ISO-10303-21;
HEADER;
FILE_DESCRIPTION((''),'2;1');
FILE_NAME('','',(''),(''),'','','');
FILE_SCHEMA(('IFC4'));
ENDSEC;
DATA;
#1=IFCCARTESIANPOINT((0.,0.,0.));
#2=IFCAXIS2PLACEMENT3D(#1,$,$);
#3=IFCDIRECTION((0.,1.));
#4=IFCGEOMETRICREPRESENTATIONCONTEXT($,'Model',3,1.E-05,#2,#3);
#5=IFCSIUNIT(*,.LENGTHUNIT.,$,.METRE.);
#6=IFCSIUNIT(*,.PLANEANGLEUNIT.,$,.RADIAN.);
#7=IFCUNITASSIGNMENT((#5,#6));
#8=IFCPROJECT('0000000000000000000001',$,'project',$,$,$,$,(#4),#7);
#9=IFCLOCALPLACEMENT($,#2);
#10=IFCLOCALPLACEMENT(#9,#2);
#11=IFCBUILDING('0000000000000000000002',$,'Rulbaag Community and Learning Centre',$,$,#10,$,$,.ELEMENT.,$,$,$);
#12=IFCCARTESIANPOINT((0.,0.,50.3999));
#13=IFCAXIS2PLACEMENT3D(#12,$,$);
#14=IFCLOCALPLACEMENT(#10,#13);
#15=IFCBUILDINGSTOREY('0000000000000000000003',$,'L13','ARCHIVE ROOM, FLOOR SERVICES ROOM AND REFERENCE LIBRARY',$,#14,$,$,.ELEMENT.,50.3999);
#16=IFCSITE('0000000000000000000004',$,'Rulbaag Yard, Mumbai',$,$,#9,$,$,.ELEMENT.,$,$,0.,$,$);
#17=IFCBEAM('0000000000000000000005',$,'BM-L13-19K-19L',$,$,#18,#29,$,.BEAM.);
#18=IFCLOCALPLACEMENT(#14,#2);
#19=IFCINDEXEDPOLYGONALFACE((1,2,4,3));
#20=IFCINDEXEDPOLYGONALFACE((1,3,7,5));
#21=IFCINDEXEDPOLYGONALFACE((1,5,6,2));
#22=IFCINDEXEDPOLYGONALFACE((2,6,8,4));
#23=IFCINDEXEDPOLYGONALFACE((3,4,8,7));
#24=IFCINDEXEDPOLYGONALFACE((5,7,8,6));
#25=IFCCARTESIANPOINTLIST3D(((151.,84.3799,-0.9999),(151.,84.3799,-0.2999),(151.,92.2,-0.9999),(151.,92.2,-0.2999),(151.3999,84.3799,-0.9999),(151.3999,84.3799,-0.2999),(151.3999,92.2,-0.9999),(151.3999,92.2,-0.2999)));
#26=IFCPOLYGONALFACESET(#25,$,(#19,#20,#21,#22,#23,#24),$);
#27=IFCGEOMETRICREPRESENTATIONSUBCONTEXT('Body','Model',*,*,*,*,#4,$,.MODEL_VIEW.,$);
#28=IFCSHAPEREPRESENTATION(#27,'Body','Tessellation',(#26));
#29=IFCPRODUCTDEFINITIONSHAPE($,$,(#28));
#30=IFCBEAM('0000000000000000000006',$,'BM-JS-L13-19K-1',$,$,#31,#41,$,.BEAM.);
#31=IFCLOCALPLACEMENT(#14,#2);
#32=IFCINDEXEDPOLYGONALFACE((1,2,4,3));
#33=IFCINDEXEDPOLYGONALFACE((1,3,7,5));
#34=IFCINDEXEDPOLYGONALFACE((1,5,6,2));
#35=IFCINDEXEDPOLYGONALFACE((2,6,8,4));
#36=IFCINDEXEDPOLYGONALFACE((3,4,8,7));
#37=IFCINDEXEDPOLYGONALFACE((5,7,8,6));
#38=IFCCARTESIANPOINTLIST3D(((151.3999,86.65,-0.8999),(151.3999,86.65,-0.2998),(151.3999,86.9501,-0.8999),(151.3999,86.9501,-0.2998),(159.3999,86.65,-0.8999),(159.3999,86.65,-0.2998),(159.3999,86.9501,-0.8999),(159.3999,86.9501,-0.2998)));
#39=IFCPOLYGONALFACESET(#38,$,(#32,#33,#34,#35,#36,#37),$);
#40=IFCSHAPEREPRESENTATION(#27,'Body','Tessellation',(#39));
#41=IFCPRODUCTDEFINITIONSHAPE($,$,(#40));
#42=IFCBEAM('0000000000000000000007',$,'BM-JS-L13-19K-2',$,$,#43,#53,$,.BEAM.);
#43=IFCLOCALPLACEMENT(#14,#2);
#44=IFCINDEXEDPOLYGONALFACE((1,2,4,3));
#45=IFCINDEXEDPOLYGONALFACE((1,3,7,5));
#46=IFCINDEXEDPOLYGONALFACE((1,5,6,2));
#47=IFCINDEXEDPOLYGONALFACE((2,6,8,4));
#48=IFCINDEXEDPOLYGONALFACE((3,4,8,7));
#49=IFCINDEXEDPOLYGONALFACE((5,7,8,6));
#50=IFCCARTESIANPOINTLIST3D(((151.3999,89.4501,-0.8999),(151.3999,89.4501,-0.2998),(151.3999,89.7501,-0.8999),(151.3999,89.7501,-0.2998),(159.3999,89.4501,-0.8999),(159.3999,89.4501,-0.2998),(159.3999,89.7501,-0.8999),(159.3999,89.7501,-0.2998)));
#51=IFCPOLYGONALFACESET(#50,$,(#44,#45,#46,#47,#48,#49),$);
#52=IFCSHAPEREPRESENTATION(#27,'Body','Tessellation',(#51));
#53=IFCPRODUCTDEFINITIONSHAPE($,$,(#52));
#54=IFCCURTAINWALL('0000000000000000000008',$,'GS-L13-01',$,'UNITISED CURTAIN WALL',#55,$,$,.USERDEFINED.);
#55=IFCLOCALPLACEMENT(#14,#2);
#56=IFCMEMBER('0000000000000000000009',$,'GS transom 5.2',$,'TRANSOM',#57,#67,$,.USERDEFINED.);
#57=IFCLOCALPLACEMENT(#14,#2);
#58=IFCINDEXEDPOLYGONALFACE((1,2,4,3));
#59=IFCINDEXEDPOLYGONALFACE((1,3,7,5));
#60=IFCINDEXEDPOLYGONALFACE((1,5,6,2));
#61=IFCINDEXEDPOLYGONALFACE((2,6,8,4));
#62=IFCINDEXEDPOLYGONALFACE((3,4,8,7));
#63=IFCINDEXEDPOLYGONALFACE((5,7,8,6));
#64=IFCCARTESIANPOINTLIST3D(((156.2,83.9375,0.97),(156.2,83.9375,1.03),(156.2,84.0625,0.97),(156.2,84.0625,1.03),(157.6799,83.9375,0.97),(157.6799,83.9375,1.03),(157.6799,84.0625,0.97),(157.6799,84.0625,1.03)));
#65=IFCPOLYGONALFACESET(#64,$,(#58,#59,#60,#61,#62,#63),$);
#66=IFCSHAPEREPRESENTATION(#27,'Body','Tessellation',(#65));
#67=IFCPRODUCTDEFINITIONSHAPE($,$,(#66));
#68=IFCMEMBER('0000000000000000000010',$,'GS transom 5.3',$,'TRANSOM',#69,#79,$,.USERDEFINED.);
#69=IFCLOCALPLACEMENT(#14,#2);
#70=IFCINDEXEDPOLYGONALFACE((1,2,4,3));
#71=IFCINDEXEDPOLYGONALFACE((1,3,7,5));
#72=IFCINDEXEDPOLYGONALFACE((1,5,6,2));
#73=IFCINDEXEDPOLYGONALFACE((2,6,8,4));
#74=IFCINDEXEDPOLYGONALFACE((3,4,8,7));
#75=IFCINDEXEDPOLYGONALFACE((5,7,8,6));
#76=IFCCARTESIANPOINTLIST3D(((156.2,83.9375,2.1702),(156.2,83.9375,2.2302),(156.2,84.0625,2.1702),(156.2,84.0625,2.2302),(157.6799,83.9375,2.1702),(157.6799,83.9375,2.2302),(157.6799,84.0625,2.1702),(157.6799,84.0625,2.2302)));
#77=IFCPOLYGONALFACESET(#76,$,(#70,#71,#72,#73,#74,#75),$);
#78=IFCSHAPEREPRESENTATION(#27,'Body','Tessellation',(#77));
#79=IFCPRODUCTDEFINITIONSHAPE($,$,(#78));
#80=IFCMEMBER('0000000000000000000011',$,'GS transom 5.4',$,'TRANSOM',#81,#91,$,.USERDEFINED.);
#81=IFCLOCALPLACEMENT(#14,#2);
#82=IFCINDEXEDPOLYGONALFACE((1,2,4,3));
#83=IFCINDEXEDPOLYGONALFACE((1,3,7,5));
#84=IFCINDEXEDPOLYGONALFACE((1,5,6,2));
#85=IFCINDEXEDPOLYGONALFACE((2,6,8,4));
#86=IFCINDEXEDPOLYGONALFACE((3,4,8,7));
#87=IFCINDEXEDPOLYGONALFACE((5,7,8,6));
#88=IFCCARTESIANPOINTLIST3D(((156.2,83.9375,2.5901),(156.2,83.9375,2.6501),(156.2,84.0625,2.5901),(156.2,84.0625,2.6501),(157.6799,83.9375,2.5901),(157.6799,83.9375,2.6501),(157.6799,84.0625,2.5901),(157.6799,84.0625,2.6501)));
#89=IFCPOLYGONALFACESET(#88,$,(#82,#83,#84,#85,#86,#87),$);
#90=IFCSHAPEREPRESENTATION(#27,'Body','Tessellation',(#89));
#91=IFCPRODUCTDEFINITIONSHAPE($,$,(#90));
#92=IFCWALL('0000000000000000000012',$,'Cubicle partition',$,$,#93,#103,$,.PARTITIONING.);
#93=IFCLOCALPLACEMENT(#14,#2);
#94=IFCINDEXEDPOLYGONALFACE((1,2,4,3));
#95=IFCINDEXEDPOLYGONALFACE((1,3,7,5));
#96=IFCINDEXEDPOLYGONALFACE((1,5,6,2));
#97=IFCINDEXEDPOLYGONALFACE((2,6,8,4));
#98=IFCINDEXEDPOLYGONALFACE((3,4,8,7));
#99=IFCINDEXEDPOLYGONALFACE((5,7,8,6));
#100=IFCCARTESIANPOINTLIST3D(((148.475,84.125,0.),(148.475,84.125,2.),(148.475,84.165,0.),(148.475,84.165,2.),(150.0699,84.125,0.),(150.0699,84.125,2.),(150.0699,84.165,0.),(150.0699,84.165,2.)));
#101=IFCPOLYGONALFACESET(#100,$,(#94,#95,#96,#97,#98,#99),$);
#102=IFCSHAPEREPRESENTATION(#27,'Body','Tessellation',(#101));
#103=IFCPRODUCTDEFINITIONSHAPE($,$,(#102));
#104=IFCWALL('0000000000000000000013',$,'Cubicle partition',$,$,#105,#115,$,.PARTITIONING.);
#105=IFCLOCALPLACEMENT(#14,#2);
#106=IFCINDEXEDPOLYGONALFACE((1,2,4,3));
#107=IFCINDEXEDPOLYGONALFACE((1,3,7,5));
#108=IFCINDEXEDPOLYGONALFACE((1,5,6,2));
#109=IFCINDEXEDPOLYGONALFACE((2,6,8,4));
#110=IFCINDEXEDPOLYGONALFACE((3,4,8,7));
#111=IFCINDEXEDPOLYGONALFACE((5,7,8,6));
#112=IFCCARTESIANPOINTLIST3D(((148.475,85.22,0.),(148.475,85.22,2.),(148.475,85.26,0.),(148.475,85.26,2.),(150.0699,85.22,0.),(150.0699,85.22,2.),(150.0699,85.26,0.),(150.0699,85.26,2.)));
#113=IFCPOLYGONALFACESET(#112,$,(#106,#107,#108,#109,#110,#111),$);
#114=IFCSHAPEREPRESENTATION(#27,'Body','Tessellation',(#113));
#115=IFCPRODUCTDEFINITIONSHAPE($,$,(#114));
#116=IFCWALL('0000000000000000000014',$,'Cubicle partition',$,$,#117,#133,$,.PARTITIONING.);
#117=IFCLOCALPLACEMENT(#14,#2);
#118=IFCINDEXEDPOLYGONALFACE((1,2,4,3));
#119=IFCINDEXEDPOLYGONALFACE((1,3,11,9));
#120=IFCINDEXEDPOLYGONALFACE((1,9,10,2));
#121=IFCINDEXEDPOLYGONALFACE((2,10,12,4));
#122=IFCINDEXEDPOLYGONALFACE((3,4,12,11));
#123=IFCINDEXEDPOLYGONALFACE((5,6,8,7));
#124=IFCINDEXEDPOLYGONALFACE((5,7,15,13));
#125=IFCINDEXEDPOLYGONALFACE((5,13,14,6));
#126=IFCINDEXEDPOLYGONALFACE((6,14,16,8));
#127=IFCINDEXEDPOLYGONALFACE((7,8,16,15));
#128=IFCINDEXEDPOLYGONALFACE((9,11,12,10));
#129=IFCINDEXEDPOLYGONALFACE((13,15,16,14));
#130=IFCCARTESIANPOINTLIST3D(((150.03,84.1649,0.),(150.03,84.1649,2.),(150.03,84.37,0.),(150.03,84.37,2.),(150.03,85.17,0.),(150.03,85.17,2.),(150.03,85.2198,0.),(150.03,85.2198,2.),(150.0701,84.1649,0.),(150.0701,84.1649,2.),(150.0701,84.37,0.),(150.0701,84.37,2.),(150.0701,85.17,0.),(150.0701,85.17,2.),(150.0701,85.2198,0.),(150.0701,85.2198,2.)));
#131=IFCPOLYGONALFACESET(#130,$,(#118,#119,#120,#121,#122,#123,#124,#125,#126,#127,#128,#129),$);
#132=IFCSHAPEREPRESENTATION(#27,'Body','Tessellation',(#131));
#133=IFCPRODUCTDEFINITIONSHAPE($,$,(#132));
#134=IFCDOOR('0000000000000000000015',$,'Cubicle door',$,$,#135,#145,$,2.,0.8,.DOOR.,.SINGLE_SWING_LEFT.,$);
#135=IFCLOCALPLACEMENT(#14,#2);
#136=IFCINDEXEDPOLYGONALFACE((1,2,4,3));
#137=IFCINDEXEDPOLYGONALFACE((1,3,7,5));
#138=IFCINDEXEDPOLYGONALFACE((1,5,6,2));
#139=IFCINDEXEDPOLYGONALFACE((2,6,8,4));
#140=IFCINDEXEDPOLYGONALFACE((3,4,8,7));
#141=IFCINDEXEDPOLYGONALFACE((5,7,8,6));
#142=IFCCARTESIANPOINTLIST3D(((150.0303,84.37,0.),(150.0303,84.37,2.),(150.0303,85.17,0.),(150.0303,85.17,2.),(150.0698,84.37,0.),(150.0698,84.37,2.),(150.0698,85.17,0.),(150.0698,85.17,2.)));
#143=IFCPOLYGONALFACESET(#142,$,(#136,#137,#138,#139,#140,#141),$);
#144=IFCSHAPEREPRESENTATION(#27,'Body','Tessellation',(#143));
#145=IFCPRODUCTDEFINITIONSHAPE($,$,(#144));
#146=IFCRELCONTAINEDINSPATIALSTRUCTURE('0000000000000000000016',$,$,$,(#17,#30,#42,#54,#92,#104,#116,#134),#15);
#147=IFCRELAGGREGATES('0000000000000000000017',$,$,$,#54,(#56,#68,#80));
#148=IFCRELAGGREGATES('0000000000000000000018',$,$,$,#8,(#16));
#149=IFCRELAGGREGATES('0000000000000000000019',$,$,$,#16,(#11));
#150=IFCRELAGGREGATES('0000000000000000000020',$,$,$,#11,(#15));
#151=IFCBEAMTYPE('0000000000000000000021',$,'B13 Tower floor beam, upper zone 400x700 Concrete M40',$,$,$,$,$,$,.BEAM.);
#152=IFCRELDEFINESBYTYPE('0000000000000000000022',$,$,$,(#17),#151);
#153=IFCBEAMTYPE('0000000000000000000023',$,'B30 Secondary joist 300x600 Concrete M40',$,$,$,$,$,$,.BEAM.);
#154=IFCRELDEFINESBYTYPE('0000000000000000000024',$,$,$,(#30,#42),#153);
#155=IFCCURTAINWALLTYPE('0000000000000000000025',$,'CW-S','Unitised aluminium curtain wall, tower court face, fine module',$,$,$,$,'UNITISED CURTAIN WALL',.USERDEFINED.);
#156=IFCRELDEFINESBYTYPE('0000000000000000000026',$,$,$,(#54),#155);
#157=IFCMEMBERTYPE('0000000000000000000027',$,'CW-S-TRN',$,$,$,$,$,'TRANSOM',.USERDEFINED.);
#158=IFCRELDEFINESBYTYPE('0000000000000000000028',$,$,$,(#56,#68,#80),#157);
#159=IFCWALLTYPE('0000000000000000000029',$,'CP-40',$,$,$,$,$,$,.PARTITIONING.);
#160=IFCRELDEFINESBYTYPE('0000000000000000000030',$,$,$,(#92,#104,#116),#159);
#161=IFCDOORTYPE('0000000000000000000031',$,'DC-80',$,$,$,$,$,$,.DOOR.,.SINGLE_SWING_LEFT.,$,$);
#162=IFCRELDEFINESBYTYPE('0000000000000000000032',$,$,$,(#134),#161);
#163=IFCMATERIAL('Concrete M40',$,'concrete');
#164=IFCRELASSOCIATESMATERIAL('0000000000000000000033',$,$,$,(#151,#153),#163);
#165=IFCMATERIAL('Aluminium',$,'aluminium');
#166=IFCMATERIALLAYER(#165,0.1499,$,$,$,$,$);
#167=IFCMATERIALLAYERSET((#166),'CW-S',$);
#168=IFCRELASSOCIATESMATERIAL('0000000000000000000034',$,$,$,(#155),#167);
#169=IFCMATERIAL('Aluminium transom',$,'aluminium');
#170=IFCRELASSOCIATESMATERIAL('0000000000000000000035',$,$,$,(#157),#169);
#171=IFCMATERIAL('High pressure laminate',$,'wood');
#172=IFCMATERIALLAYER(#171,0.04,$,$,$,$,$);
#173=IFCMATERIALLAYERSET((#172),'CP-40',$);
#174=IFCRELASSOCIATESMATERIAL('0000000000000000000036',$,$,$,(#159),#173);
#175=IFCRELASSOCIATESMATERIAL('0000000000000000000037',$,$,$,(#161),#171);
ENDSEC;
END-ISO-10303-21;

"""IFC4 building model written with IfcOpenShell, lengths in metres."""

from ifc_helpers import new_model, si_unit, direction, frame, frame_2d, origin, origin_2d, place, context, subcontext, project, spatial, rectangle, extrude, material, layer, layer_set, material_profile, profile_set, type_object, element, fill, aggregate, save


model = new_model("IFC4")

# Units and contexts
model_context = context("Model", 3, precision=1e-05, world=origin(), true_north=direction((0.0, 1.0)))
body_context = subcontext(model_context, "Body", "Model", "MODEL_VIEW")
ifc_project = project(units=[si_unit("LENGTHUNIT", "METRE"), si_unit("PLANEANGLEUNIT", "RADIAN")], contexts=[model_context])

# Site, building, storey
site_placement = place(None, origin())
site = spatial("IfcSite", under=ifc_project, at=site_placement, Name="Rulbaag Yard, Mumbai", CompositionType="ELEMENT", RefElevation=0.0)
building_placement = place(site_placement, origin())
building = spatial("IfcBuilding", under=site, at=building_placement, Name="Rulbaag Community and Learning Centre", CompositionType="ELEMENT")
storey_placement = place(building_placement, frame((0.0, 0.0, 50.3999)))
storey = spatial("IfcBuildingStorey", under=building, at=storey_placement, Name="L13", Description="ARCHIVE ROOM, FLOOR SERVICES ROOM AND REFERENCE LIBRARY", CompositionType="ELEMENT", Elevation=50.3999)

# Beams
ifc_material_1 = material(Name="Concrete M40", Category="concrete")
ifc_material_profile_1 = material_profile(ifc_material_1, rectangle(XDim=0.3999, YDim=0.7, at=origin_2d()), Name="RB400x700")
ifc_profile_set_1 = profile_set([ifc_material_profile_1], Name="Concrete M40")
beam_type_1 = type_object("IfcBeamType", Name="B13 Tower floor beam, upper zone 400x700 Concrete M40", PredefinedType="BEAM", material=ifc_profile_set_1)
beam_placement = place(storey_placement, frame((151.2, 84.3799, -0.6499), z_axis=(0.0, 1.0, 0.0), x_axis=(-1.0, 0.0, 0.0)))
element("IfcBeam", 1, at=beam_placement, inside=storey, type_object=beam_type_1, Name="BM-L13-19K-19L", PredefinedType="BEAM", context=body_context, shape_type="SweptSolid", body=[
    extrude(rectangle(XDim=0.3999, YDim=0.7, at=origin_2d()), origin(), (0.0, 0.0, 1.0), 7.8201),
])
ifc_material_profile_2 = material_profile(ifc_material_1, rectangle(XDim=0.3, YDim=0.6001, at=origin_2d()), Name="RB300x600")
ifc_profile_set_2 = profile_set([ifc_material_profile_2], Name="Concrete M40")
beam_type_2 = type_object("IfcBeamType", Name="B30 Secondary joist 300x600 Concrete M40", PredefinedType="BEAM", material=ifc_profile_set_2)
for number, where, z_axis, x_axis, name in (
    (2, (151.3999, 86.8, -0.5999), (1.0, 0.0, 0.0), (0.0, 1.0, 0.0), "BM-JS-L13-19K-1"),
    (3, (151.3999, 89.6001, -0.5999), (1.0, 0.0, 0.0), (0.0, 1.0, 0.0), "BM-JS-L13-19K-2"),
):
    element("IfcBeam", number, at=place(storey_placement, frame(where, z_axis=z_axis, x_axis=x_axis)), inside=storey, type_object=beam_type_2, Name=name, PredefinedType="BEAM", context=body_context, shape_type="SweptSolid", body=[
        extrude(rectangle(XDim=0.3, YDim=0.6001, at=origin_2d()), origin(), (0.0, 0.0, 1.0), 8.0),
    ])

# Curtain wall, members
ifc_material_2 = material(Name="Aluminium", Category="aluminium")
ifc_layer_1 = layer(ifc_material_2, 0.1499)
ifc_layer_set_1 = layer_set([ifc_layer_1], Name="CW-S")
curtain_wall_type = type_object("IfcCurtainWallType", Name="CW-S", Description="Unitised aluminium curtain wall, tower court face, fine module", ElementType="UNITISED CURTAIN WALL", PredefinedType="USERDEFINED", material=ifc_layer_set_1)
curtain_wall_placement = place(storey_placement, origin())
curtain_wall = element("IfcCurtainWall", 4, at=curtain_wall_placement, inside=storey, type_object=curtain_wall_type, Name="GS-L13-01", ObjectType="UNITISED CURTAIN WALL", PredefinedType="USERDEFINED")
ifc_material_3 = material(Name="Aluminium transom", Category="aluminium")
ifc_material_profile_3 = material_profile(ifc_material_3, rectangle(XDim=0.125, YDim=0.0601, at=origin_2d()), Name="AL 60x125 T")
ifc_profile_set_3 = profile_set([ifc_material_profile_3], Name="Aluminium transom")
member_type = type_object("IfcMemberType", Name="CW-S-TRN", ElementType="TRANSOM", PredefinedType="USERDEFINED", material=ifc_profile_set_3)
member_1_placement = place(storey_placement, frame((156.2, 84.0, 1.0), z_axis=(1.0, 0.0, 0.0), x_axis=(0.0, 1.0, 0.0)))
member_1 = element("IfcMember", 5, at=member_1_placement, type_object=member_type, Name="GS transom 5.2", ObjectType="TRANSOM", PredefinedType="USERDEFINED", context=body_context, shape_type="SweptSolid", body=[
    extrude(rectangle(XDim=0.125, YDim=0.0601, at=origin_2d()), origin(), (0.0, 0.0, 1.0), 1.48),
])
member_2_placement = place(storey_placement, frame((156.2, 84.0, 2.2002), z_axis=(1.0, 0.0, 0.0), x_axis=(0.0, 1.0, 0.0)))
member_2 = element("IfcMember", 6, at=member_2_placement, type_object=member_type, Name="GS transom 5.3", ObjectType="TRANSOM", PredefinedType="USERDEFINED", context=body_context, shape_type="SweptSolid", body=[
    extrude(rectangle(XDim=0.125, YDim=0.0601, at=origin_2d()), origin(), (0.0, 0.0, 1.0), 1.48),
])
member_3_placement = place(storey_placement, frame((156.2, 84.0, 2.6201), z_axis=(1.0, 0.0, 0.0), x_axis=(0.0, 1.0, 0.0)))
member_3 = element("IfcMember", 7, at=member_3_placement, type_object=member_type, Name="GS transom 5.4", ObjectType="TRANSOM", PredefinedType="USERDEFINED", context=body_context, shape_type="SweptSolid", body=[
    extrude(rectangle(XDim=0.125, YDim=0.0601, at=origin_2d()), origin(), (0.0, 0.0, 1.0), 1.48),
])
aggregate(curtain_wall, [member_1, member_2, member_3])

# Walls
ifc_material_4 = material(Name="High pressure laminate", Category="wood")
ifc_layer_2 = layer(ifc_material_4, 0.04)
ifc_layer_set_2 = layer_set([ifc_layer_2], Name="CP-40")
wall_type_1 = type_object("IfcWallType", Name="CP-40", PredefinedType="PARTITIONING", material=ifc_layer_set_2)
for number, where, z_axis, x_axis, name in (
    (8, (148.4751, 84.145, 0.0), (0.0, 0.0, 1.0), (1.0, 0.0, 0.0), "Cubicle partition"),
    (9, (148.4751, 85.24, 0.0), (0.0, 0.0, 1.0), (1.0, 0.0, 0.0), "Cubicle partition"),
):
    element("IfcWall", number, at=place(storey_placement, frame(where, z_axis=z_axis, x_axis=x_axis)), inside=storey, type_object=wall_type_1, Name=name, PredefinedType="PARTITIONING", context=body_context, shape_type="SweptSolid", body=[
        extrude(rectangle(XDim=1.595, YDim=0.04, at=frame_2d((0.7974, 0.0))), origin(), (0.0, 0.0, 1.0), 2.0),
    ])

# Wall, opening, door
wall_1_placement = place(storey_placement, frame((150.05, 84.165, 0.0), z_axis=(0.0, 0.0, 1.0), x_axis=(0.0, 1.0, 0.0)))
wall_1 = element("IfcWall", 10, at=wall_1_placement, inside=storey, type_object=wall_type_1, Name="Cubicle partition", PredefinedType="PARTITIONING", context=body_context, shape_type="SweptSolid", body=[
    extrude(rectangle(XDim=1.0549, YDim=0.04, at=frame_2d((0.5273, 0.0))), origin(), (0.0, 0.0, 1.0), 2.0),
])
opening_1_placement = place(wall_1_placement, frame((0.2051, 0.0, 0.0)))
opening_1 = element("IfcOpeningElement", 11, at=opening_1_placement, cuts=wall_1, PredefinedType="OPENING", context=body_context, shape_type="SweptSolid", body=[
    extrude(rectangle(XDim=0.8, YDim=2.0, at=frame_2d((0.3999, 1.0))), frame((0.0, 0.03, 0.0), z_axis=(0.0, -1.0, 0.0), x_axis=(1.0, 0.0, 0.0)), (0.0, 0.0, 1.0), 0.0601),
])
door_type_1 = type_object("IfcDoorType", Name="DC-80", OperationType="SINGLE_SWING_LEFT", PredefinedType="DOOR", material=ifc_material_4)
door_1_placement = place(opening_1_placement, origin())
door_1 = element("IfcDoor", 12, at=door_1_placement, inside=storey, type_object=door_type_1, Name="Cubicle door", OperationType="SINGLE_SWING_LEFT", OverallHeight=2.0, OverallWidth=0.8, PredefinedType="DOOR", context=body_context, shape_type="SweptSolid", body=[
    extrude(rectangle(XDim=0.8, YDim=2.0, at=frame_2d((0.3999, 1.0))), frame((0.0, 0.0198, 0.0), z_axis=(0.0, -1.0, 0.0), x_axis=(1.0, 0.0, 0.0)), (0.0, 0.0, 1.0), 0.0396),
])
fill(opening_1, door_1)

save(model, "model.ifc")
